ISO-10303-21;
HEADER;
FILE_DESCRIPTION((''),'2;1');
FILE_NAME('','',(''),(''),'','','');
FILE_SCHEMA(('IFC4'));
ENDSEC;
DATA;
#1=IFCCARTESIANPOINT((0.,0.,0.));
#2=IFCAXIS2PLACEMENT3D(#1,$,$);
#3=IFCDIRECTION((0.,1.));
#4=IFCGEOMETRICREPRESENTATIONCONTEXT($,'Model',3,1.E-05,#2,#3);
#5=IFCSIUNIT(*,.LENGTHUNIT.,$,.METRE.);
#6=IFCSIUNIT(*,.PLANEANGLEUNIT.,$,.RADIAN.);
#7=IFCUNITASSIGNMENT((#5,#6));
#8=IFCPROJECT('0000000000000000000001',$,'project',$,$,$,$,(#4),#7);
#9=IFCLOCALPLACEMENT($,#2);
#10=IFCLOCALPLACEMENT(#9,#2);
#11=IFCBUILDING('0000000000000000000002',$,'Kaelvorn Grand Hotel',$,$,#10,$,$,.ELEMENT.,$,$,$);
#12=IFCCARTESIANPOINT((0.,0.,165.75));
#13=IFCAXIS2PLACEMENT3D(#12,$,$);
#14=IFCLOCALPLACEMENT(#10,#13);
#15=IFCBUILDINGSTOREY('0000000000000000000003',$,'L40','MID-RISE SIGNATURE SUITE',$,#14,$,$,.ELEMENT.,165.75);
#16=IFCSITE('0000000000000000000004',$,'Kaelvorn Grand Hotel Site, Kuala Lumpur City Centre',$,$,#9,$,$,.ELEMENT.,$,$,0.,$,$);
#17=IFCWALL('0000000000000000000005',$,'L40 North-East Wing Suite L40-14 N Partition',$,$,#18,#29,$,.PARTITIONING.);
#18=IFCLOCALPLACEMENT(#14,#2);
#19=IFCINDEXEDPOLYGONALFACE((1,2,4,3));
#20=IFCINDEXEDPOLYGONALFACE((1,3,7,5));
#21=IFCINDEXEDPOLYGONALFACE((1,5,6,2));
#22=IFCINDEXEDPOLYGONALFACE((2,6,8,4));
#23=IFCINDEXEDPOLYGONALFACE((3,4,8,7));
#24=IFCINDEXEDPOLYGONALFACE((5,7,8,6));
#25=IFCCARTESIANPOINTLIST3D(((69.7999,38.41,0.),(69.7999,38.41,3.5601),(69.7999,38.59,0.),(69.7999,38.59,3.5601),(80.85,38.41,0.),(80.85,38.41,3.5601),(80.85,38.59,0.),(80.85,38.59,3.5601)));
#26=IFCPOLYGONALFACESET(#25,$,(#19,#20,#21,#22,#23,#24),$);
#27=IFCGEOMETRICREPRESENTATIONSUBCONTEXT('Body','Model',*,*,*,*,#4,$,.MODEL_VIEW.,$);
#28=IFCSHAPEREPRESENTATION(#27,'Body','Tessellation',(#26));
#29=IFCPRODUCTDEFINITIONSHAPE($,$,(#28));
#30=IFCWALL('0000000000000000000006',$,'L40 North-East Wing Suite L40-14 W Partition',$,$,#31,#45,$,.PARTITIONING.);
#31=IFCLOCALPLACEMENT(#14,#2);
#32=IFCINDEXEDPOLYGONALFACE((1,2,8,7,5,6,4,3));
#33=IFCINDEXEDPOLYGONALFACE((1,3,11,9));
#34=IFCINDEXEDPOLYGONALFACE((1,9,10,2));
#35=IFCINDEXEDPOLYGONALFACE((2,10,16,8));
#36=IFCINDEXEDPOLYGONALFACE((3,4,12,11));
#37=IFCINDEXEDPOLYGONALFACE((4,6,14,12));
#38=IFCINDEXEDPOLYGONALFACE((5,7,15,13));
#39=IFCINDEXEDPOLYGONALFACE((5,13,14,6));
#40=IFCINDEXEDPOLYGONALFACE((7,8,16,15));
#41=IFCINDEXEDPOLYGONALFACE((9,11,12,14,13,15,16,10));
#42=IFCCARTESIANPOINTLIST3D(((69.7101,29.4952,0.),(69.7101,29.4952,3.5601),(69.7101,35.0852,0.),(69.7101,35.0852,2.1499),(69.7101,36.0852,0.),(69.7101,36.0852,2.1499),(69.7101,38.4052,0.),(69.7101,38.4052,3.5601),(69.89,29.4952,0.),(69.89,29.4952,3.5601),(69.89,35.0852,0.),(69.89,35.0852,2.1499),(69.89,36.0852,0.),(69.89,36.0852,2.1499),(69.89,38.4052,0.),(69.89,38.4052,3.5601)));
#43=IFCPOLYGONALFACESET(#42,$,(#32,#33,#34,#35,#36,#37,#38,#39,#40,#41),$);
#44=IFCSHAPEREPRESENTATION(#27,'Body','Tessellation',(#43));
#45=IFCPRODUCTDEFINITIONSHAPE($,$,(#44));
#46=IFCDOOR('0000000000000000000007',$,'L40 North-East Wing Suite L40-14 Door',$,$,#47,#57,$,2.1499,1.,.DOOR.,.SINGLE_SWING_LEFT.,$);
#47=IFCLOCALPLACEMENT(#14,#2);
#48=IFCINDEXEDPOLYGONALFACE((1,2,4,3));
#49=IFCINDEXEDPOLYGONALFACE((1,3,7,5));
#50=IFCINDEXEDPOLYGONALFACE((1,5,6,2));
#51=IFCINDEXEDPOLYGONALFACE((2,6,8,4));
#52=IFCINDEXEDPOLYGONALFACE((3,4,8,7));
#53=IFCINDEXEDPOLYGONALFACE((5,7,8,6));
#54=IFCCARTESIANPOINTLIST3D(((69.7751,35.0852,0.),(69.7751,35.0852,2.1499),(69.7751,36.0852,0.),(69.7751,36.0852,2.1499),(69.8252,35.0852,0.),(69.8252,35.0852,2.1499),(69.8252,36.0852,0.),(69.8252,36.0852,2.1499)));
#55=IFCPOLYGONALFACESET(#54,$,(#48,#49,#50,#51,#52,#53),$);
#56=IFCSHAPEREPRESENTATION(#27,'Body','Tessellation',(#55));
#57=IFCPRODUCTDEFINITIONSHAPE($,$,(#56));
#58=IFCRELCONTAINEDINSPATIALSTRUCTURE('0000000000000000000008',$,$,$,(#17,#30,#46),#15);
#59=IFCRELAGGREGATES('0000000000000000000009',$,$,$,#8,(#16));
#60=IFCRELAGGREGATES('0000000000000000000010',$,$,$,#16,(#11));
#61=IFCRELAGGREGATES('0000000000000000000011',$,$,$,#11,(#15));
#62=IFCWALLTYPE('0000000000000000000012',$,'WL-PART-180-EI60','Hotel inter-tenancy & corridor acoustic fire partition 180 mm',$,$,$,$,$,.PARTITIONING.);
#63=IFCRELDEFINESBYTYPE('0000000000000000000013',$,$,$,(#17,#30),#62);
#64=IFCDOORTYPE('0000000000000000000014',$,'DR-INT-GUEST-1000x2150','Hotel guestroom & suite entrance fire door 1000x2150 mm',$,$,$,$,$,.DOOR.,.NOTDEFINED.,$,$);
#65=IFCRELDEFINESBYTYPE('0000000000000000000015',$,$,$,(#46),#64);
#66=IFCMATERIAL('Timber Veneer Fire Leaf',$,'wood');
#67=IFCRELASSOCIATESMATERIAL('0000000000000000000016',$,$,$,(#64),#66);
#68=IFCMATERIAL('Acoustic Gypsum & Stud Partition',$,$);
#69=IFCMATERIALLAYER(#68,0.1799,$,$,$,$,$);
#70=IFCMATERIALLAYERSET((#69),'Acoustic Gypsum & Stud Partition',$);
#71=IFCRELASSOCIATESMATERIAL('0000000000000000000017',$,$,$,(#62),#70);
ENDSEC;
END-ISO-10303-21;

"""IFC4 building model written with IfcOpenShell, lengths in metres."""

from ifc_helpers import new_model, si_unit, direction, frame, frame_2d, origin, place, context, subcontext, project, spatial, rectangle, extrude, material, layer, layer_set, type_object, element, fill, save


model = new_model("IFC4")

# Units and contexts
model_context = context("Model", 3, precision=1e-05, world=origin(), true_north=direction((0.0, 1.0)))
body_context = subcontext(model_context, "Body", "Model", "MODEL_VIEW")
ifc_project = project(units=[si_unit("LENGTHUNIT", "METRE"), si_unit("PLANEANGLEUNIT", "RADIAN")], contexts=[model_context])

# Site, building, storey
site_placement = place(None, origin())
site = spatial("IfcSite", under=ifc_project, at=site_placement, Name="Kaelvorn Grand Hotel Site, Kuala Lumpur City Centre", CompositionType="ELEMENT", RefElevation=0.0)
building_placement = place(site_placement, origin())
building = spatial("IfcBuilding", under=site, at=building_placement, Name="Kaelvorn Grand Hotel", CompositionType="ELEMENT")
storey_placement = place(building_placement, frame((0.0, 0.0, 165.75)))
storey = spatial("IfcBuildingStorey", under=building, at=storey_placement, Name="L40", Description="MID-RISE SIGNATURE SUITE", CompositionType="ELEMENT", Elevation=165.75)

# Shared definitions
ifc_material_1 = material(Name="Acoustic Gypsum & Stud Partition")
ifc_material_2 = material(Name="Timber Veneer Fire Leaf", Category="wood")
door_type_1 = type_object("IfcDoorType", Name="DR-INT-GUEST-1000x2150", Description="Hotel guestroom & suite entrance fire door 1000x2150 mm", OperationType="NOTDEFINED", PredefinedType="DOOR", material=ifc_material_2)

# Wall
ifc_layer_1 = layer(ifc_material_1, 0.1799)
ifc_layer_set_1 = layer_set([ifc_layer_1], Name="Acoustic Gypsum & Stud Partition")
wall_type_1 = type_object("IfcWallType", Name="WL-PART-180-EI60", Description="Hotel inter-tenancy & corridor acoustic fire partition 180 mm", PredefinedType="PARTITIONING", material=ifc_layer_set_1)
wall_1_placement = place(storey_placement, frame((69.8, 38.5, 0.0), z_axis=(0.0, 0.0, 1.0), x_axis=(1.0, 0.0, 0.0)))
element("IfcWall", 1, at=wall_1_placement, inside=storey, type_object=wall_type_1, Name="L40 North-East Wing Suite L40-14 N Partition", PredefinedType="PARTITIONING", context=body_context, shape_type="SweptSolid", body=[
    extrude(rectangle(XDim=11.05, YDim=0.1799, at=frame_2d((5.5249, 0.0))), origin(), (0.0, 0.0, 1.0), 3.5601),
])

# Wall, opening, door
wall_2_placement = place(storey_placement, frame((69.8, 29.4951, 0.0), z_axis=(0.0, 0.0, 1.0), x_axis=(0.0, 1.0, 0.0)))
wall_2 = element("IfcWall", 2, at=wall_2_placement, inside=storey, type_object=wall_type_1, Name="L40 North-East Wing Suite L40-14 W Partition", PredefinedType="PARTITIONING", context=body_context, shape_type="SweptSolid", body=[
    extrude(rectangle(XDim=8.9099, YDim=0.1799, at=frame_2d((4.4551, 0.0))), origin(), (0.0, 0.0, 1.0), 3.5601),
])
opening_1_placement = place(wall_2_placement, frame((5.5901, 0.0, 0.0)))
opening_1 = element("IfcOpeningElement", 3, at=opening_1_placement, cuts=wall_2, PredefinedType="OPENING", context=body_context, shape_type="SweptSolid", body=[
    extrude(rectangle(XDim=1.0, YDim=2.1499, at=frame_2d((0.5, 1.075))), frame((0.0, 0.1001, 0.0), z_axis=(0.0, -1.0, 0.0), x_axis=(1.0, 0.0, 0.0)), (0.0, 0.0, 1.0), 0.2),
])
door_1_placement = place(opening_1_placement, origin())
door_1 = element("IfcDoor", 4, at=door_1_placement, inside=storey, type_object=door_type_1, Name="L40 North-East Wing Suite L40-14 Door", OperationType="SINGLE_SWING_LEFT", OverallHeight=2.1499, OverallWidth=1.0, PredefinedType="DOOR", context=body_context, shape_type="SweptSolid", body=[
    extrude(rectangle(XDim=1.0, YDim=2.1499, at=frame_2d((0.5, 1.075))), frame((0.0, 0.0249, 0.0), z_axis=(0.0, -1.0, 0.0), x_axis=(1.0, 0.0, 0.0)), (0.0, 0.0, 1.0), 0.05),
])
fill(opening_1, door_1)

save(model, "model.ifc")
